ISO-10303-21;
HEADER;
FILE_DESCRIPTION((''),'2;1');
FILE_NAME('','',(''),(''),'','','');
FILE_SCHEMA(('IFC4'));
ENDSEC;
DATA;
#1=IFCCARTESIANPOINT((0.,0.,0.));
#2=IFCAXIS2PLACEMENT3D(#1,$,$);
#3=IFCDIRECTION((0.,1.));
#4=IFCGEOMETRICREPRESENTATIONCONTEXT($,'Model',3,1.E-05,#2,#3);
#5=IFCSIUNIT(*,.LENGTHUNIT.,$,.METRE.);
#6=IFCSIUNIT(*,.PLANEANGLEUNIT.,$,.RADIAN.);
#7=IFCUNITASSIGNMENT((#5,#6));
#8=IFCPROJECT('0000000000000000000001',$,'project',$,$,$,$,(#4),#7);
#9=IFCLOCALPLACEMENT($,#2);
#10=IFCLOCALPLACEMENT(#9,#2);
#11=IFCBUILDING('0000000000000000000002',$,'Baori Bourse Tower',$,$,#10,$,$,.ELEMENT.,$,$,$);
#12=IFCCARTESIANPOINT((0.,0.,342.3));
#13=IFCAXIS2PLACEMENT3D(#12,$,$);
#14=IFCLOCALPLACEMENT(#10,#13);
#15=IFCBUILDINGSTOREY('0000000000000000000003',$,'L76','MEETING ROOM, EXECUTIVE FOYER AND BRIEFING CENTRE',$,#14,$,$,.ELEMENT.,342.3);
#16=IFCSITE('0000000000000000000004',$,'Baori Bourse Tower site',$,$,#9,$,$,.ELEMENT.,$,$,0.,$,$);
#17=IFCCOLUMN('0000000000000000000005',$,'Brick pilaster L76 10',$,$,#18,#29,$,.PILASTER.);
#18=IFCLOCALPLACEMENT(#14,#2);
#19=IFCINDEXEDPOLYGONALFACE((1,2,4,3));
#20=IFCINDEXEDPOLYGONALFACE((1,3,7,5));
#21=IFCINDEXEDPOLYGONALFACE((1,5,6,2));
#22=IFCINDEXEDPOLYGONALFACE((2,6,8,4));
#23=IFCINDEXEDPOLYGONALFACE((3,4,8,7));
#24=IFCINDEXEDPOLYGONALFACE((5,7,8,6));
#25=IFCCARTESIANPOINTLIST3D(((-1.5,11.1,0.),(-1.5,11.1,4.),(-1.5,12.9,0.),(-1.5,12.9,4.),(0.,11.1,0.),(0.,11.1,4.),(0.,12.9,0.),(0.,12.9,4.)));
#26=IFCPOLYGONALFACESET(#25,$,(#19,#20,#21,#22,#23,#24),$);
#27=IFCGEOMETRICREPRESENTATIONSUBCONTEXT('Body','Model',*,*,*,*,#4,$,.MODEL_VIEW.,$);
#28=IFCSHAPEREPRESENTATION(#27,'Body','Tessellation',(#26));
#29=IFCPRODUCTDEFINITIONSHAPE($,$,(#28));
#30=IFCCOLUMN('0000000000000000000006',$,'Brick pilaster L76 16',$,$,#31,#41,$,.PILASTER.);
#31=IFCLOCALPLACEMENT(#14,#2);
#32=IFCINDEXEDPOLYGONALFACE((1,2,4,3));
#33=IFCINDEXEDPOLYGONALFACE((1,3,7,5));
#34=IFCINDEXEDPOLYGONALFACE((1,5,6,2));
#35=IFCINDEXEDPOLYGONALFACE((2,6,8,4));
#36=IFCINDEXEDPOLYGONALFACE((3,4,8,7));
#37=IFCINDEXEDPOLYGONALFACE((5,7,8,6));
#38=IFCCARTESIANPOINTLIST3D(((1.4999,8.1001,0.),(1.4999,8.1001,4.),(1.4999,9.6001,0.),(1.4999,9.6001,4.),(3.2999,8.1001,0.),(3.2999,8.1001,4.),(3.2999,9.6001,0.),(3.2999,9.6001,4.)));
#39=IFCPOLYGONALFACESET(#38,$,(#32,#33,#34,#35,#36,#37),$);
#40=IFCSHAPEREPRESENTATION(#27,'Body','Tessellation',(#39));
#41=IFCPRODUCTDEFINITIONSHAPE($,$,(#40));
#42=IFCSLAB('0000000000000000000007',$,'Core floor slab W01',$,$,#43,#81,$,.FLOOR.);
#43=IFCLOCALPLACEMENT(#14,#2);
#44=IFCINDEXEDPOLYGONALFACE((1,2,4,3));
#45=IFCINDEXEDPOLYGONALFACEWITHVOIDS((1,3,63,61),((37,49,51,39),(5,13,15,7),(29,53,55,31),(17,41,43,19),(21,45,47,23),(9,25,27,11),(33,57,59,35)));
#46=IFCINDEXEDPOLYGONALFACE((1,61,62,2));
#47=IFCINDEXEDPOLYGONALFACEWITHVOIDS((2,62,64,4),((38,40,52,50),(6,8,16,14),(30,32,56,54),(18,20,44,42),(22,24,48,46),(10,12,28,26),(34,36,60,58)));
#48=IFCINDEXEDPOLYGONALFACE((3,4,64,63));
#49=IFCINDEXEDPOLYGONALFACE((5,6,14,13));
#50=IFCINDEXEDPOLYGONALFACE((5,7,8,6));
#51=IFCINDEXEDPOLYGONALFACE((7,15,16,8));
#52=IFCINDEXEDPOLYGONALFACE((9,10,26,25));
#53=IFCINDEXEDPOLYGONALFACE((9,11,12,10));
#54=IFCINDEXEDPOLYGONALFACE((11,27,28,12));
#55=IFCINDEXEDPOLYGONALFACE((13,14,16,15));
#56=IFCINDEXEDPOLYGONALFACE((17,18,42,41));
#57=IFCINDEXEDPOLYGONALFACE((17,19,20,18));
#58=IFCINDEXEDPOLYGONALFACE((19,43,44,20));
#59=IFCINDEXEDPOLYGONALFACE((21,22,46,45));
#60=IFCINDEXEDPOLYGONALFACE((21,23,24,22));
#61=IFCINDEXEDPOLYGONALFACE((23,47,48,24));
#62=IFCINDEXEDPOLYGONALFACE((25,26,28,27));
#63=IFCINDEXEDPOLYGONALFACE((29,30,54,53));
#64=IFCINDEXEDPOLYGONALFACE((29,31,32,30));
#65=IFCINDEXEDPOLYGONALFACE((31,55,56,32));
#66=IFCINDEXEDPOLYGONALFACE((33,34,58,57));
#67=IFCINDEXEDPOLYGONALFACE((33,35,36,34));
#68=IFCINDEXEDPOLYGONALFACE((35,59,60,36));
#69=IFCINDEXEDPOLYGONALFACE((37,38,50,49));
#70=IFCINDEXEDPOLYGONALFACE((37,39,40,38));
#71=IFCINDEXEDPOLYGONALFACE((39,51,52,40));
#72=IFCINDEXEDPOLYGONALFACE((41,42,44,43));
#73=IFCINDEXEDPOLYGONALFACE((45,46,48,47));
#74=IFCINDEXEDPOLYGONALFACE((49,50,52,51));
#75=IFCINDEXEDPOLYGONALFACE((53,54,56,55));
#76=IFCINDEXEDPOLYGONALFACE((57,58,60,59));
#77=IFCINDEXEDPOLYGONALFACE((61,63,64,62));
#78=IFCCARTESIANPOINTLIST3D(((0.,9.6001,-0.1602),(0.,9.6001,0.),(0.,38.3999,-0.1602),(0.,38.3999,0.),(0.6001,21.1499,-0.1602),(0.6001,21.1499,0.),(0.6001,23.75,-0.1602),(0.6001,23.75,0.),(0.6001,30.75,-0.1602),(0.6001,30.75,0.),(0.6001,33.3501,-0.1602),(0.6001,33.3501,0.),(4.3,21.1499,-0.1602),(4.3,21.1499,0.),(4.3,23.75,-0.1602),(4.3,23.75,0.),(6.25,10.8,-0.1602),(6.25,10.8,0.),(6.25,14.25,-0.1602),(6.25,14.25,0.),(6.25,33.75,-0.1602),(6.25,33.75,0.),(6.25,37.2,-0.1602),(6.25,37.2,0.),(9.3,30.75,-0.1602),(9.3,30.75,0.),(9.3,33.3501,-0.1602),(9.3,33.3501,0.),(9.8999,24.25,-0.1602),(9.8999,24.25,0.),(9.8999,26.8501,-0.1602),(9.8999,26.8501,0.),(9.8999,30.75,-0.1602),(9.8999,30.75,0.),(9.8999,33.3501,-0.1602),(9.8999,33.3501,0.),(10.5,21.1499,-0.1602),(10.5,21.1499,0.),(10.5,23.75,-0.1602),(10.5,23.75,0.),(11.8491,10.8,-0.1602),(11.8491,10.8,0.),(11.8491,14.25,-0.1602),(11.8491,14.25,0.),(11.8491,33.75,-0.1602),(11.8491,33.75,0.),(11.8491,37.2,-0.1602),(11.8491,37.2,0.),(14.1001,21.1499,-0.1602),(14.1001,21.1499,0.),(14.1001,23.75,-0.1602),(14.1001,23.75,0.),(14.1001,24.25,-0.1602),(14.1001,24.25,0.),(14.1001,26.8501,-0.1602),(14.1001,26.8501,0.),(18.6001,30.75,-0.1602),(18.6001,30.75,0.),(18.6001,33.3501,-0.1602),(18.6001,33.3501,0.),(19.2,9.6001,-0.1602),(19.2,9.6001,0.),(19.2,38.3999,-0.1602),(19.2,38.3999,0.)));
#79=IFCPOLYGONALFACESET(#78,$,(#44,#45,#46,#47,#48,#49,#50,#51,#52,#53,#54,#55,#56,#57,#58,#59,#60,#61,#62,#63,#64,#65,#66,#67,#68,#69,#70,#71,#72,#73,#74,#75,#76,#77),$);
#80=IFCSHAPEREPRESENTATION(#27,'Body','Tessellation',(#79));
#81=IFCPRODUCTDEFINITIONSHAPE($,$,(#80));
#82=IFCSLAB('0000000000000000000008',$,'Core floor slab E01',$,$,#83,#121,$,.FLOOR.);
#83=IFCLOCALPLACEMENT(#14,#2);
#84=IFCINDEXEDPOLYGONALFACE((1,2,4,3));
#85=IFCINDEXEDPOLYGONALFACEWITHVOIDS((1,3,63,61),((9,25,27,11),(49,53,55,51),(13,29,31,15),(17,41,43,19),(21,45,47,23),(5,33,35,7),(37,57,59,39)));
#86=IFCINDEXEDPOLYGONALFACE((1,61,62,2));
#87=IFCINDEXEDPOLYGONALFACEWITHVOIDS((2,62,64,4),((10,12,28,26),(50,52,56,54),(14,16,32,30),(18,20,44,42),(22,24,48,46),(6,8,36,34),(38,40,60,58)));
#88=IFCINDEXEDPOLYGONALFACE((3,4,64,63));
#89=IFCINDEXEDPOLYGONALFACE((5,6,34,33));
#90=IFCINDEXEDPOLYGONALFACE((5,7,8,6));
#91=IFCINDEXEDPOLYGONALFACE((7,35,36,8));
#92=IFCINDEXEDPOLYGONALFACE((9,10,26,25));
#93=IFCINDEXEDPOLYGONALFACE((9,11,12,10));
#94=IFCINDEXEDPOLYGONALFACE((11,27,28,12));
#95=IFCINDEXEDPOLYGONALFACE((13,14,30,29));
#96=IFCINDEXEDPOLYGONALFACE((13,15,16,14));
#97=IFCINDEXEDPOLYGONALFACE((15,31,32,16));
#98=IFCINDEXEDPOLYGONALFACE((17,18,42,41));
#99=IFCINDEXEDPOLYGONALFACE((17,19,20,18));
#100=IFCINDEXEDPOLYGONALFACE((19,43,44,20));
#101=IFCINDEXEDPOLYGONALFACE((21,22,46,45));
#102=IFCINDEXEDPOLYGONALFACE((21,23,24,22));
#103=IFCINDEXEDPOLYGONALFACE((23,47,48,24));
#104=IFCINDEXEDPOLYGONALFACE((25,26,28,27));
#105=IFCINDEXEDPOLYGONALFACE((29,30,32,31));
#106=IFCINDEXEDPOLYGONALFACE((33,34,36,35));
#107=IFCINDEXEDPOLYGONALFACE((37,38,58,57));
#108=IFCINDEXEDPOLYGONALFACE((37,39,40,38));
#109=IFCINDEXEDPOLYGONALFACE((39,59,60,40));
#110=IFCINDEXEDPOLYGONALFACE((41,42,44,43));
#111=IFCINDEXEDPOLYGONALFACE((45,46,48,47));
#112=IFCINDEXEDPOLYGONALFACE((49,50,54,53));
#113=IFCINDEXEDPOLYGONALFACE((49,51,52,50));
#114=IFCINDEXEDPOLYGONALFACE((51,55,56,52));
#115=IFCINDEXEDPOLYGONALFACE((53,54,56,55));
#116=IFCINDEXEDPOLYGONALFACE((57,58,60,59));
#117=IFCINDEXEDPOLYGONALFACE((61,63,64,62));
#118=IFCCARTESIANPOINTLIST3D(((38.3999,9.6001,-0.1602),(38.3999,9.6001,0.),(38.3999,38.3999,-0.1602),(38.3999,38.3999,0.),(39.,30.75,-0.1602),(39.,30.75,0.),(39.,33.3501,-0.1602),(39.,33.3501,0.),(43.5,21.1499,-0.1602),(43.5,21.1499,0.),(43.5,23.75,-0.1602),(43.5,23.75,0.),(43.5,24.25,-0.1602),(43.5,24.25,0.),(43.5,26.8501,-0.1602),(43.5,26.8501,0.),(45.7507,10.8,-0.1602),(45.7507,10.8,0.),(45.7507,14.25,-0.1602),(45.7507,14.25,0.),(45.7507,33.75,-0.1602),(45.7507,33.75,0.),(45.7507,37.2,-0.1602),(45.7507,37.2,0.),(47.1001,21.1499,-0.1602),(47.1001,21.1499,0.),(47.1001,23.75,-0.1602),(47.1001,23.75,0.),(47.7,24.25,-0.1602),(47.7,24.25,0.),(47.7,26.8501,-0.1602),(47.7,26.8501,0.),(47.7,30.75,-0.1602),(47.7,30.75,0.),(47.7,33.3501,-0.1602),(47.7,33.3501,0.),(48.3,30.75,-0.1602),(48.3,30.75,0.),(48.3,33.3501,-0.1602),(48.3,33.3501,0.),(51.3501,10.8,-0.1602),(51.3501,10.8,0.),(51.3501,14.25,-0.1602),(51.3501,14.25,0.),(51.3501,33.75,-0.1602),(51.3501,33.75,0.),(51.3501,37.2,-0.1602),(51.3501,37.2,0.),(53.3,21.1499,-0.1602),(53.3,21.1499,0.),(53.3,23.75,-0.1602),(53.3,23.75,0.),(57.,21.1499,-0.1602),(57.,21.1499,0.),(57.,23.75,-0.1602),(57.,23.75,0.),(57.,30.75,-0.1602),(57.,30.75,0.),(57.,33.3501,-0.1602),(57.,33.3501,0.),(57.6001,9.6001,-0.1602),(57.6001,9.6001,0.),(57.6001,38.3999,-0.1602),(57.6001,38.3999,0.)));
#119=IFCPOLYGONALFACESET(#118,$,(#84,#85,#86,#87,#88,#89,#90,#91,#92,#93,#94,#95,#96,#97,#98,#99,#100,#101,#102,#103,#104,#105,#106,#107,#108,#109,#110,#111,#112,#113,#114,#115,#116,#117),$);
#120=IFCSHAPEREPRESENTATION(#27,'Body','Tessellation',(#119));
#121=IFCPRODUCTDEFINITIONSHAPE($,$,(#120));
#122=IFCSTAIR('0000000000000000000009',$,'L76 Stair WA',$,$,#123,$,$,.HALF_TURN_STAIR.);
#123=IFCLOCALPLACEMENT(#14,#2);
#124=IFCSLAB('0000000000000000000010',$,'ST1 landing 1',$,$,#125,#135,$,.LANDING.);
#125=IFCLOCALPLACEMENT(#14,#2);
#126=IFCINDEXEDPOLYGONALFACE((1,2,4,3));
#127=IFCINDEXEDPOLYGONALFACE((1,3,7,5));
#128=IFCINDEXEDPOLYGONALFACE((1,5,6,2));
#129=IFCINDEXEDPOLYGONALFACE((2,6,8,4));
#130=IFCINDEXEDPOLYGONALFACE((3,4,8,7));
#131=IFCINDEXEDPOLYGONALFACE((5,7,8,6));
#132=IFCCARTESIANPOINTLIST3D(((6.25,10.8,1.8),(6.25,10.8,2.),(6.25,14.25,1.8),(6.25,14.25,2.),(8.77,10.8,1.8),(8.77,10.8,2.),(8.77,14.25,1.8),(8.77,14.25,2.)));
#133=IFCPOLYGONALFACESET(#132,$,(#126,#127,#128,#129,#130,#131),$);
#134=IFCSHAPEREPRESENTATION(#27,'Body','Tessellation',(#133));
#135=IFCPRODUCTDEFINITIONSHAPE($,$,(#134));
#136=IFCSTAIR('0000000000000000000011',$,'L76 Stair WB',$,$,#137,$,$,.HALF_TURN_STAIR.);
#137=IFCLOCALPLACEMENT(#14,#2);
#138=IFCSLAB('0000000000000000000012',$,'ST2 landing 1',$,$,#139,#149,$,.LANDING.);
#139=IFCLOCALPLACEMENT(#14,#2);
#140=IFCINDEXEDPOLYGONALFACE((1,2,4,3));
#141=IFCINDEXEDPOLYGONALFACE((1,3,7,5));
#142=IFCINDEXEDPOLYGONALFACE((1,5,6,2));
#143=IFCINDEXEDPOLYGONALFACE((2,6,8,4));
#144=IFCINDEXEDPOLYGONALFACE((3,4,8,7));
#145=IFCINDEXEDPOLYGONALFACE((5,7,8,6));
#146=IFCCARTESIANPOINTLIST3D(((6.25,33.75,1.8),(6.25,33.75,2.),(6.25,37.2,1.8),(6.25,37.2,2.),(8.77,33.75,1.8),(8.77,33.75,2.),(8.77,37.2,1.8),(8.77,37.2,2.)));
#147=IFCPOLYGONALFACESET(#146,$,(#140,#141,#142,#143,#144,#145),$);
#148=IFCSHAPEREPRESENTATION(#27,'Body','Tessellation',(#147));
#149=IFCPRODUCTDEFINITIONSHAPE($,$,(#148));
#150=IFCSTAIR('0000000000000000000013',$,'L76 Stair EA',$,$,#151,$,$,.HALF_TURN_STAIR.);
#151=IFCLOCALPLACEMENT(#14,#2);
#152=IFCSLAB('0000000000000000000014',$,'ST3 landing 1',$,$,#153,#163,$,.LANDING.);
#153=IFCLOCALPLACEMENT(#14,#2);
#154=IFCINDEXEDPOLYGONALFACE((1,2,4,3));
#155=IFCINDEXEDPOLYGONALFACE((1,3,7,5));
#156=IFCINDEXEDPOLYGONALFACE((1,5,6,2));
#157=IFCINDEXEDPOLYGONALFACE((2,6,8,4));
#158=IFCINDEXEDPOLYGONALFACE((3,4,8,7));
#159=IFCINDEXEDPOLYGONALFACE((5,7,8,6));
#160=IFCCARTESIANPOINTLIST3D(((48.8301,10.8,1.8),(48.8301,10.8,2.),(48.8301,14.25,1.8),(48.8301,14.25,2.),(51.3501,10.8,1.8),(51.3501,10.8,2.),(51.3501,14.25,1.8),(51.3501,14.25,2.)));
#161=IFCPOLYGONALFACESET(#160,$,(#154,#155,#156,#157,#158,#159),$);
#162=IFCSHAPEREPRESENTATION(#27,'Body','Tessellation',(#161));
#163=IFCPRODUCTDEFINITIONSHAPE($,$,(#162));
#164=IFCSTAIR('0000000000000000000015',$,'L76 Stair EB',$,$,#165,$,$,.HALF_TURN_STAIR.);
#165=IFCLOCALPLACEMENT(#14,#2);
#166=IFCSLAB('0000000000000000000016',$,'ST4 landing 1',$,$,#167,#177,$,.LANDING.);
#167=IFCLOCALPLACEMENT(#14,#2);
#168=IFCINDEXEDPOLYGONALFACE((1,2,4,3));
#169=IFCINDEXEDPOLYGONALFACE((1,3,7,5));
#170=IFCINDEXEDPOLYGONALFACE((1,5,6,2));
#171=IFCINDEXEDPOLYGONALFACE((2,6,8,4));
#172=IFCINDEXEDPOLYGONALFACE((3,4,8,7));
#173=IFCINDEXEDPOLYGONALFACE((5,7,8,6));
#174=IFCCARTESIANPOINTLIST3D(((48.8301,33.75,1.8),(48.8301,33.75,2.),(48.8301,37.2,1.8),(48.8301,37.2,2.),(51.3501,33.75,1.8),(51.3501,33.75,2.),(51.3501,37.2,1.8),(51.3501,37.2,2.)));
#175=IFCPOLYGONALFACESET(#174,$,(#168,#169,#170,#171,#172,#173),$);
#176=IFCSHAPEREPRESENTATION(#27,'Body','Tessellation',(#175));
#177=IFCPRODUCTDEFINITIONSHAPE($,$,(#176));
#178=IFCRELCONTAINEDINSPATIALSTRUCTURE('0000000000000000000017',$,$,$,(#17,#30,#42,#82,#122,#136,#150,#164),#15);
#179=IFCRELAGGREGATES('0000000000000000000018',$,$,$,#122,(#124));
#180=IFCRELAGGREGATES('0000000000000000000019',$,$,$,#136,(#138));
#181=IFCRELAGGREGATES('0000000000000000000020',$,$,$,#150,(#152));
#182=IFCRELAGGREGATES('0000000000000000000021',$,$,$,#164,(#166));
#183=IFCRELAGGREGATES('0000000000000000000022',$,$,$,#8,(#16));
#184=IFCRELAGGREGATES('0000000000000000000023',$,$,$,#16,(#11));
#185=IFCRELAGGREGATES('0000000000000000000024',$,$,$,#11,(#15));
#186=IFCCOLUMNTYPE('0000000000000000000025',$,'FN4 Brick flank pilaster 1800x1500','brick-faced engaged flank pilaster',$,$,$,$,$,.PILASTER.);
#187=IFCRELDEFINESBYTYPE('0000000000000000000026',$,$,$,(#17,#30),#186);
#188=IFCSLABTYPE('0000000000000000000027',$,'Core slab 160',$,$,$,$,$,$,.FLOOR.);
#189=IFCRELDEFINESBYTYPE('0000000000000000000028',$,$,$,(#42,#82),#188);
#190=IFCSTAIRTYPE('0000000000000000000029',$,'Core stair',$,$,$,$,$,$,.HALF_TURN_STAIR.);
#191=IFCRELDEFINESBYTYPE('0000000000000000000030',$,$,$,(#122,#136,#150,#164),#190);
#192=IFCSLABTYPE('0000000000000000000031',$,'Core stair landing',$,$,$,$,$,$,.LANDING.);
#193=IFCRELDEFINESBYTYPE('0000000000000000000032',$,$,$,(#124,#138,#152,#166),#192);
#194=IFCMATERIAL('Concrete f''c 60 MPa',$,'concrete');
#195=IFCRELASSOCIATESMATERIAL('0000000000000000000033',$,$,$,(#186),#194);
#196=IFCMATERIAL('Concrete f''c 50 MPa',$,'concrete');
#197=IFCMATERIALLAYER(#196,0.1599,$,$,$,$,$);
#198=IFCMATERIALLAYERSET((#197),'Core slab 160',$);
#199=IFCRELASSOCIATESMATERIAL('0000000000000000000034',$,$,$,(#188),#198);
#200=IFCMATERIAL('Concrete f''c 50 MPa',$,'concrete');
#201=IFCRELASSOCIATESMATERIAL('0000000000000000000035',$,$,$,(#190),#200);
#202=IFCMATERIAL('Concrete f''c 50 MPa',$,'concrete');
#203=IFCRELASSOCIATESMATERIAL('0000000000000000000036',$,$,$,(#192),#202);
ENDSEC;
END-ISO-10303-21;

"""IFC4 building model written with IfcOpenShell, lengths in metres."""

from ifc_helpers import new_model, si_unit, direction, frame, origin, origin_2d, place, context, subcontext, project, spatial, polyline, rectangle, outline, extrude, material, layer, layer_set, material_profile, profile_set, type_object, element, aggregate, save


model = new_model("IFC4")

# Units and contexts
model_context = context("Model", 3, precision=1e-05, world=origin(), true_north=direction((0.0, 1.0)))
body_context = subcontext(model_context, "Body", "Model", "MODEL_VIEW")
ifc_project = project(units=[si_unit("LENGTHUNIT", "METRE"), si_unit("PLANEANGLEUNIT", "RADIAN")], contexts=[model_context])

# Site, building, storey
site_placement = place(None, origin())
site = spatial("IfcSite", under=ifc_project, at=site_placement, Name="Baori Bourse Tower site", CompositionType="ELEMENT", RefElevation=0.0)
building_placement = place(site_placement, origin())
building = spatial("IfcBuilding", under=site, at=building_placement, Name="Baori Bourse Tower", CompositionType="ELEMENT")
storey_placement = place(building_placement, frame((0.0, 0.0, 342.3)))
storey = spatial("IfcBuildingStorey", under=building, at=storey_placement, Name="L76", Description="MEETING ROOM, EXECUTIVE FOYER AND BRIEFING CENTRE", CompositionType="ELEMENT", Elevation=342.3)

# Columns
ifc_material_1 = material(Name="Concrete f'c 60 MPa", Category="concrete")
ifc_material_profile = material_profile(ifc_material_1, rectangle(XDim=1.8, YDim=1.5, at=origin_2d()), Name="RC 1800x1500")
ifc_profile_set = profile_set([ifc_material_profile], Name="Concrete f'c 60 MPa")
column_type = type_object("IfcColumnType", Name="FN4 Brick flank pilaster 1800x1500", Description="brick-faced engaged flank pilaster", PredefinedType="PILASTER", material=ifc_profile_set)
for number, where, z_axis, x_axis, name in (
    (1, (-0.75, 12.0, 0.0), (0.0, 0.0, 1.0), (0.0, 1.0, 0.0), "Brick pilaster L76 10"),
    (2, (2.3999, 8.8501, 0.0), (0.0, 0.0, 1.0), (1.0, 0.0, 0.0), "Brick pilaster L76 16"),
):
    element("IfcColumn", number, at=place(storey_placement, frame(where, z_axis=z_axis, x_axis=x_axis)), inside=storey, type_object=column_type, Name=name, PredefinedType="PILASTER", context=body_context, shape_type="SweptSolid", body=[
        extrude(rectangle(XDim=1.8, YDim=1.5, at=origin_2d()), origin(), (0.0, 0.0, 1.0), 4.0),
    ])

# Slabs
ifc_material_2 = material(Name="Concrete f'c 50 MPa", Category="concrete")
ifc_layer_1 = layer(ifc_material_2, 0.1599)
ifc_layer_set_1 = layer_set([ifc_layer_1], Name="Core slab 160")
slab_type_1 = type_object("IfcSlabType", Name="Core slab 160", PredefinedType="FLOOR", material=ifc_layer_set_1)
slab_1_placement = place(storey_placement, frame((0.0, 0.0, -0.1602)))
element("IfcSlab", 3, at=slab_1_placement, inside=storey, type_object=slab_type_1, Name="Core floor slab W01", PredefinedType="FLOOR", context=body_context, shape_type="SweptSolid", body=[
    extrude(outline(polyline([(19.2, 38.3999), (0.0, 38.3999), (0.0, 9.6001), (19.2, 9.6001), (19.2, 38.3999)]), holes=[polyline([(9.8999, 33.3501), (18.6001, 33.3501), (18.6001, 30.75), (9.8999, 30.75), (9.8999, 33.3501)]), polyline([(10.5, 21.1499), (10.5, 23.75), (14.1001, 23.75), (14.1001, 21.1499), (10.5, 21.1499)]), polyline([(14.1001, 24.25), (9.8999, 24.25), (9.8999, 26.8501), (14.1001, 26.8501), (14.1001, 24.25)]), polyline([(6.25, 14.25), (11.8491, 14.25), (11.8491, 10.8), (6.25, 10.8), (6.25, 14.25)]), polyline([(11.8491, 37.2), (11.8491, 33.75), (6.25, 33.75), (6.25, 37.2), (11.8491, 37.2)]), polyline([(0.6001, 30.75), (0.6001, 33.3501), (9.3, 33.3501), (9.3, 30.75), (0.6001, 30.75)]), polyline([(4.3, 23.75), (4.3, 21.1499), (0.6001, 21.1499), (0.6001, 23.75), (4.3, 23.75)])]), origin(), (0.0, 0.0, 1.0), 0.1602),
])
slab_2_placement = place(storey_placement, frame((0.0, 0.0, -0.1602)))
element("IfcSlab", 4, at=slab_2_placement, inside=storey, type_object=slab_type_1, Name="Core floor slab E01", PredefinedType="FLOOR", context=body_context, shape_type="SweptSolid", body=[
    extrude(outline(polyline([(57.6001, 9.6001), (57.6001, 38.3999), (38.3999, 38.3999), (38.3999, 9.6001), (57.6001, 9.6001)]), holes=[polyline([(48.3, 33.3501), (57.0, 33.3501), (57.0, 30.75), (48.3, 30.75), (48.3, 33.3501)]), polyline([(57.0, 21.1499), (53.3, 21.1499), (53.3, 23.75), (57.0, 23.75), (57.0, 21.1499)]), polyline([(45.7507, 14.25), (51.3501, 14.25), (51.3501, 10.8), (45.7507, 10.8), (45.7507, 14.25)]), polyline([(51.3501, 37.2), (51.3501, 33.75), (45.7507, 33.75), (45.7507, 37.2), (51.3501, 37.2)]), polyline([(43.5, 24.25), (43.5, 26.8501), (47.7, 26.8501), (47.7, 24.25), (43.5, 24.25)]), polyline([(47.7, 33.3501), (47.7, 30.75), (39.0, 30.75), (39.0, 33.3501), (47.7, 33.3501)]), polyline([(43.5, 23.75), (47.1001, 23.75), (47.1001, 21.1499), (43.5, 21.1499), (43.5, 23.75)])]), origin(), (0.0, 0.0, 1.0), 0.1602),
])

# Stairs, slabs
ifc_material_3 = material(Name="Concrete f'c 50 MPa", Category="concrete")
stair_type = type_object("IfcStairType", Name="Core stair", PredefinedType="HALF_TURN_STAIR", material=ifc_material_3)
stair_1_placement = place(storey_placement, origin())
stair_1 = element("IfcStair", 5, at=stair_1_placement, inside=storey, type_object=stair_type, Name="L76 Stair WA", PredefinedType="HALF_TURN_STAIR")
ifc_material_4 = material(Name="Concrete f'c 50 MPa", Category="concrete")
slab_type_2 = type_object("IfcSlabType", Name="Core stair landing", PredefinedType="LANDING", material=ifc_material_4)
slab_3_placement = place(storey_placement, frame((0.0, 0.0, 1.8)))
slab_3 = element("IfcSlab", 6, at=slab_3_placement, type_object=slab_type_2, Name="ST1 landing 1", PredefinedType="LANDING", context=body_context, shape_type="SweptSolid", body=[
    extrude(outline(polyline([(8.77, 14.25), (6.25, 14.25), (6.25, 10.8), (8.77, 10.8), (8.77, 14.25)])), origin(), (0.0, 0.0, 1.0), 0.2),
])
aggregate(stair_1, [slab_3])
stair_2_placement = place(storey_placement, origin())
stair_2 = element("IfcStair", 7, at=stair_2_placement, inside=storey, type_object=stair_type, Name="L76 Stair WB", PredefinedType="HALF_TURN_STAIR")
slab_4_placement = place(storey_placement, frame((0.0, 0.0, 1.8)))
slab_4 = element("IfcSlab", 8, at=slab_4_placement, type_object=slab_type_2, Name="ST2 landing 1", PredefinedType="LANDING", context=body_context, shape_type="SweptSolid", body=[
    extrude(outline(polyline([(8.77, 37.2), (6.25, 37.2), (6.25, 33.75), (8.77, 33.75), (8.77, 37.2)])), origin(), (0.0, 0.0, 1.0), 0.2),
])
aggregate(stair_2, [slab_4])
stair_3_placement = place(storey_placement, origin())
stair_3 = element("IfcStair", 9, at=stair_3_placement, inside=storey, type_object=stair_type, Name="L76 Stair EA", PredefinedType="HALF_TURN_STAIR")
slab_5_placement = place(storey_placement, frame((0.0, 0.0, 1.8)))
slab_5 = element("IfcSlab", 10, at=slab_5_placement, type_object=slab_type_2, Name="ST3 landing 1", PredefinedType="LANDING", context=body_context, shape_type="SweptSolid", body=[
    extrude(outline(polyline([(48.8301, 10.8), (51.3501, 10.8), (51.3501, 14.25), (48.8301, 14.25), (48.8301, 10.8)])), origin(), (0.0, 0.0, 1.0), 0.2),
])
aggregate(stair_3, [slab_5])
stair_4_placement = place(storey_placement, origin())
stair_4 = element("IfcStair", 11, at=stair_4_placement, inside=storey, type_object=stair_type, Name="L76 Stair EB", PredefinedType="HALF_TURN_STAIR")
slab_6_placement = place(storey_placement, frame((0.0, 0.0, 1.8)))
slab_6 = element("IfcSlab", 12, at=slab_6_placement, type_object=slab_type_2, Name="ST4 landing 1", PredefinedType="LANDING", context=body_context, shape_type="SweptSolid", body=[
    extrude(outline(polyline([(48.8301, 33.75), (51.3501, 33.75), (51.3501, 37.2), (48.8301, 37.2), (48.8301, 33.75)])), origin(), (0.0, 0.0, 1.0), 0.2),
])
aggregate(stair_4, [slab_6])

save(model, "model.ifc")
